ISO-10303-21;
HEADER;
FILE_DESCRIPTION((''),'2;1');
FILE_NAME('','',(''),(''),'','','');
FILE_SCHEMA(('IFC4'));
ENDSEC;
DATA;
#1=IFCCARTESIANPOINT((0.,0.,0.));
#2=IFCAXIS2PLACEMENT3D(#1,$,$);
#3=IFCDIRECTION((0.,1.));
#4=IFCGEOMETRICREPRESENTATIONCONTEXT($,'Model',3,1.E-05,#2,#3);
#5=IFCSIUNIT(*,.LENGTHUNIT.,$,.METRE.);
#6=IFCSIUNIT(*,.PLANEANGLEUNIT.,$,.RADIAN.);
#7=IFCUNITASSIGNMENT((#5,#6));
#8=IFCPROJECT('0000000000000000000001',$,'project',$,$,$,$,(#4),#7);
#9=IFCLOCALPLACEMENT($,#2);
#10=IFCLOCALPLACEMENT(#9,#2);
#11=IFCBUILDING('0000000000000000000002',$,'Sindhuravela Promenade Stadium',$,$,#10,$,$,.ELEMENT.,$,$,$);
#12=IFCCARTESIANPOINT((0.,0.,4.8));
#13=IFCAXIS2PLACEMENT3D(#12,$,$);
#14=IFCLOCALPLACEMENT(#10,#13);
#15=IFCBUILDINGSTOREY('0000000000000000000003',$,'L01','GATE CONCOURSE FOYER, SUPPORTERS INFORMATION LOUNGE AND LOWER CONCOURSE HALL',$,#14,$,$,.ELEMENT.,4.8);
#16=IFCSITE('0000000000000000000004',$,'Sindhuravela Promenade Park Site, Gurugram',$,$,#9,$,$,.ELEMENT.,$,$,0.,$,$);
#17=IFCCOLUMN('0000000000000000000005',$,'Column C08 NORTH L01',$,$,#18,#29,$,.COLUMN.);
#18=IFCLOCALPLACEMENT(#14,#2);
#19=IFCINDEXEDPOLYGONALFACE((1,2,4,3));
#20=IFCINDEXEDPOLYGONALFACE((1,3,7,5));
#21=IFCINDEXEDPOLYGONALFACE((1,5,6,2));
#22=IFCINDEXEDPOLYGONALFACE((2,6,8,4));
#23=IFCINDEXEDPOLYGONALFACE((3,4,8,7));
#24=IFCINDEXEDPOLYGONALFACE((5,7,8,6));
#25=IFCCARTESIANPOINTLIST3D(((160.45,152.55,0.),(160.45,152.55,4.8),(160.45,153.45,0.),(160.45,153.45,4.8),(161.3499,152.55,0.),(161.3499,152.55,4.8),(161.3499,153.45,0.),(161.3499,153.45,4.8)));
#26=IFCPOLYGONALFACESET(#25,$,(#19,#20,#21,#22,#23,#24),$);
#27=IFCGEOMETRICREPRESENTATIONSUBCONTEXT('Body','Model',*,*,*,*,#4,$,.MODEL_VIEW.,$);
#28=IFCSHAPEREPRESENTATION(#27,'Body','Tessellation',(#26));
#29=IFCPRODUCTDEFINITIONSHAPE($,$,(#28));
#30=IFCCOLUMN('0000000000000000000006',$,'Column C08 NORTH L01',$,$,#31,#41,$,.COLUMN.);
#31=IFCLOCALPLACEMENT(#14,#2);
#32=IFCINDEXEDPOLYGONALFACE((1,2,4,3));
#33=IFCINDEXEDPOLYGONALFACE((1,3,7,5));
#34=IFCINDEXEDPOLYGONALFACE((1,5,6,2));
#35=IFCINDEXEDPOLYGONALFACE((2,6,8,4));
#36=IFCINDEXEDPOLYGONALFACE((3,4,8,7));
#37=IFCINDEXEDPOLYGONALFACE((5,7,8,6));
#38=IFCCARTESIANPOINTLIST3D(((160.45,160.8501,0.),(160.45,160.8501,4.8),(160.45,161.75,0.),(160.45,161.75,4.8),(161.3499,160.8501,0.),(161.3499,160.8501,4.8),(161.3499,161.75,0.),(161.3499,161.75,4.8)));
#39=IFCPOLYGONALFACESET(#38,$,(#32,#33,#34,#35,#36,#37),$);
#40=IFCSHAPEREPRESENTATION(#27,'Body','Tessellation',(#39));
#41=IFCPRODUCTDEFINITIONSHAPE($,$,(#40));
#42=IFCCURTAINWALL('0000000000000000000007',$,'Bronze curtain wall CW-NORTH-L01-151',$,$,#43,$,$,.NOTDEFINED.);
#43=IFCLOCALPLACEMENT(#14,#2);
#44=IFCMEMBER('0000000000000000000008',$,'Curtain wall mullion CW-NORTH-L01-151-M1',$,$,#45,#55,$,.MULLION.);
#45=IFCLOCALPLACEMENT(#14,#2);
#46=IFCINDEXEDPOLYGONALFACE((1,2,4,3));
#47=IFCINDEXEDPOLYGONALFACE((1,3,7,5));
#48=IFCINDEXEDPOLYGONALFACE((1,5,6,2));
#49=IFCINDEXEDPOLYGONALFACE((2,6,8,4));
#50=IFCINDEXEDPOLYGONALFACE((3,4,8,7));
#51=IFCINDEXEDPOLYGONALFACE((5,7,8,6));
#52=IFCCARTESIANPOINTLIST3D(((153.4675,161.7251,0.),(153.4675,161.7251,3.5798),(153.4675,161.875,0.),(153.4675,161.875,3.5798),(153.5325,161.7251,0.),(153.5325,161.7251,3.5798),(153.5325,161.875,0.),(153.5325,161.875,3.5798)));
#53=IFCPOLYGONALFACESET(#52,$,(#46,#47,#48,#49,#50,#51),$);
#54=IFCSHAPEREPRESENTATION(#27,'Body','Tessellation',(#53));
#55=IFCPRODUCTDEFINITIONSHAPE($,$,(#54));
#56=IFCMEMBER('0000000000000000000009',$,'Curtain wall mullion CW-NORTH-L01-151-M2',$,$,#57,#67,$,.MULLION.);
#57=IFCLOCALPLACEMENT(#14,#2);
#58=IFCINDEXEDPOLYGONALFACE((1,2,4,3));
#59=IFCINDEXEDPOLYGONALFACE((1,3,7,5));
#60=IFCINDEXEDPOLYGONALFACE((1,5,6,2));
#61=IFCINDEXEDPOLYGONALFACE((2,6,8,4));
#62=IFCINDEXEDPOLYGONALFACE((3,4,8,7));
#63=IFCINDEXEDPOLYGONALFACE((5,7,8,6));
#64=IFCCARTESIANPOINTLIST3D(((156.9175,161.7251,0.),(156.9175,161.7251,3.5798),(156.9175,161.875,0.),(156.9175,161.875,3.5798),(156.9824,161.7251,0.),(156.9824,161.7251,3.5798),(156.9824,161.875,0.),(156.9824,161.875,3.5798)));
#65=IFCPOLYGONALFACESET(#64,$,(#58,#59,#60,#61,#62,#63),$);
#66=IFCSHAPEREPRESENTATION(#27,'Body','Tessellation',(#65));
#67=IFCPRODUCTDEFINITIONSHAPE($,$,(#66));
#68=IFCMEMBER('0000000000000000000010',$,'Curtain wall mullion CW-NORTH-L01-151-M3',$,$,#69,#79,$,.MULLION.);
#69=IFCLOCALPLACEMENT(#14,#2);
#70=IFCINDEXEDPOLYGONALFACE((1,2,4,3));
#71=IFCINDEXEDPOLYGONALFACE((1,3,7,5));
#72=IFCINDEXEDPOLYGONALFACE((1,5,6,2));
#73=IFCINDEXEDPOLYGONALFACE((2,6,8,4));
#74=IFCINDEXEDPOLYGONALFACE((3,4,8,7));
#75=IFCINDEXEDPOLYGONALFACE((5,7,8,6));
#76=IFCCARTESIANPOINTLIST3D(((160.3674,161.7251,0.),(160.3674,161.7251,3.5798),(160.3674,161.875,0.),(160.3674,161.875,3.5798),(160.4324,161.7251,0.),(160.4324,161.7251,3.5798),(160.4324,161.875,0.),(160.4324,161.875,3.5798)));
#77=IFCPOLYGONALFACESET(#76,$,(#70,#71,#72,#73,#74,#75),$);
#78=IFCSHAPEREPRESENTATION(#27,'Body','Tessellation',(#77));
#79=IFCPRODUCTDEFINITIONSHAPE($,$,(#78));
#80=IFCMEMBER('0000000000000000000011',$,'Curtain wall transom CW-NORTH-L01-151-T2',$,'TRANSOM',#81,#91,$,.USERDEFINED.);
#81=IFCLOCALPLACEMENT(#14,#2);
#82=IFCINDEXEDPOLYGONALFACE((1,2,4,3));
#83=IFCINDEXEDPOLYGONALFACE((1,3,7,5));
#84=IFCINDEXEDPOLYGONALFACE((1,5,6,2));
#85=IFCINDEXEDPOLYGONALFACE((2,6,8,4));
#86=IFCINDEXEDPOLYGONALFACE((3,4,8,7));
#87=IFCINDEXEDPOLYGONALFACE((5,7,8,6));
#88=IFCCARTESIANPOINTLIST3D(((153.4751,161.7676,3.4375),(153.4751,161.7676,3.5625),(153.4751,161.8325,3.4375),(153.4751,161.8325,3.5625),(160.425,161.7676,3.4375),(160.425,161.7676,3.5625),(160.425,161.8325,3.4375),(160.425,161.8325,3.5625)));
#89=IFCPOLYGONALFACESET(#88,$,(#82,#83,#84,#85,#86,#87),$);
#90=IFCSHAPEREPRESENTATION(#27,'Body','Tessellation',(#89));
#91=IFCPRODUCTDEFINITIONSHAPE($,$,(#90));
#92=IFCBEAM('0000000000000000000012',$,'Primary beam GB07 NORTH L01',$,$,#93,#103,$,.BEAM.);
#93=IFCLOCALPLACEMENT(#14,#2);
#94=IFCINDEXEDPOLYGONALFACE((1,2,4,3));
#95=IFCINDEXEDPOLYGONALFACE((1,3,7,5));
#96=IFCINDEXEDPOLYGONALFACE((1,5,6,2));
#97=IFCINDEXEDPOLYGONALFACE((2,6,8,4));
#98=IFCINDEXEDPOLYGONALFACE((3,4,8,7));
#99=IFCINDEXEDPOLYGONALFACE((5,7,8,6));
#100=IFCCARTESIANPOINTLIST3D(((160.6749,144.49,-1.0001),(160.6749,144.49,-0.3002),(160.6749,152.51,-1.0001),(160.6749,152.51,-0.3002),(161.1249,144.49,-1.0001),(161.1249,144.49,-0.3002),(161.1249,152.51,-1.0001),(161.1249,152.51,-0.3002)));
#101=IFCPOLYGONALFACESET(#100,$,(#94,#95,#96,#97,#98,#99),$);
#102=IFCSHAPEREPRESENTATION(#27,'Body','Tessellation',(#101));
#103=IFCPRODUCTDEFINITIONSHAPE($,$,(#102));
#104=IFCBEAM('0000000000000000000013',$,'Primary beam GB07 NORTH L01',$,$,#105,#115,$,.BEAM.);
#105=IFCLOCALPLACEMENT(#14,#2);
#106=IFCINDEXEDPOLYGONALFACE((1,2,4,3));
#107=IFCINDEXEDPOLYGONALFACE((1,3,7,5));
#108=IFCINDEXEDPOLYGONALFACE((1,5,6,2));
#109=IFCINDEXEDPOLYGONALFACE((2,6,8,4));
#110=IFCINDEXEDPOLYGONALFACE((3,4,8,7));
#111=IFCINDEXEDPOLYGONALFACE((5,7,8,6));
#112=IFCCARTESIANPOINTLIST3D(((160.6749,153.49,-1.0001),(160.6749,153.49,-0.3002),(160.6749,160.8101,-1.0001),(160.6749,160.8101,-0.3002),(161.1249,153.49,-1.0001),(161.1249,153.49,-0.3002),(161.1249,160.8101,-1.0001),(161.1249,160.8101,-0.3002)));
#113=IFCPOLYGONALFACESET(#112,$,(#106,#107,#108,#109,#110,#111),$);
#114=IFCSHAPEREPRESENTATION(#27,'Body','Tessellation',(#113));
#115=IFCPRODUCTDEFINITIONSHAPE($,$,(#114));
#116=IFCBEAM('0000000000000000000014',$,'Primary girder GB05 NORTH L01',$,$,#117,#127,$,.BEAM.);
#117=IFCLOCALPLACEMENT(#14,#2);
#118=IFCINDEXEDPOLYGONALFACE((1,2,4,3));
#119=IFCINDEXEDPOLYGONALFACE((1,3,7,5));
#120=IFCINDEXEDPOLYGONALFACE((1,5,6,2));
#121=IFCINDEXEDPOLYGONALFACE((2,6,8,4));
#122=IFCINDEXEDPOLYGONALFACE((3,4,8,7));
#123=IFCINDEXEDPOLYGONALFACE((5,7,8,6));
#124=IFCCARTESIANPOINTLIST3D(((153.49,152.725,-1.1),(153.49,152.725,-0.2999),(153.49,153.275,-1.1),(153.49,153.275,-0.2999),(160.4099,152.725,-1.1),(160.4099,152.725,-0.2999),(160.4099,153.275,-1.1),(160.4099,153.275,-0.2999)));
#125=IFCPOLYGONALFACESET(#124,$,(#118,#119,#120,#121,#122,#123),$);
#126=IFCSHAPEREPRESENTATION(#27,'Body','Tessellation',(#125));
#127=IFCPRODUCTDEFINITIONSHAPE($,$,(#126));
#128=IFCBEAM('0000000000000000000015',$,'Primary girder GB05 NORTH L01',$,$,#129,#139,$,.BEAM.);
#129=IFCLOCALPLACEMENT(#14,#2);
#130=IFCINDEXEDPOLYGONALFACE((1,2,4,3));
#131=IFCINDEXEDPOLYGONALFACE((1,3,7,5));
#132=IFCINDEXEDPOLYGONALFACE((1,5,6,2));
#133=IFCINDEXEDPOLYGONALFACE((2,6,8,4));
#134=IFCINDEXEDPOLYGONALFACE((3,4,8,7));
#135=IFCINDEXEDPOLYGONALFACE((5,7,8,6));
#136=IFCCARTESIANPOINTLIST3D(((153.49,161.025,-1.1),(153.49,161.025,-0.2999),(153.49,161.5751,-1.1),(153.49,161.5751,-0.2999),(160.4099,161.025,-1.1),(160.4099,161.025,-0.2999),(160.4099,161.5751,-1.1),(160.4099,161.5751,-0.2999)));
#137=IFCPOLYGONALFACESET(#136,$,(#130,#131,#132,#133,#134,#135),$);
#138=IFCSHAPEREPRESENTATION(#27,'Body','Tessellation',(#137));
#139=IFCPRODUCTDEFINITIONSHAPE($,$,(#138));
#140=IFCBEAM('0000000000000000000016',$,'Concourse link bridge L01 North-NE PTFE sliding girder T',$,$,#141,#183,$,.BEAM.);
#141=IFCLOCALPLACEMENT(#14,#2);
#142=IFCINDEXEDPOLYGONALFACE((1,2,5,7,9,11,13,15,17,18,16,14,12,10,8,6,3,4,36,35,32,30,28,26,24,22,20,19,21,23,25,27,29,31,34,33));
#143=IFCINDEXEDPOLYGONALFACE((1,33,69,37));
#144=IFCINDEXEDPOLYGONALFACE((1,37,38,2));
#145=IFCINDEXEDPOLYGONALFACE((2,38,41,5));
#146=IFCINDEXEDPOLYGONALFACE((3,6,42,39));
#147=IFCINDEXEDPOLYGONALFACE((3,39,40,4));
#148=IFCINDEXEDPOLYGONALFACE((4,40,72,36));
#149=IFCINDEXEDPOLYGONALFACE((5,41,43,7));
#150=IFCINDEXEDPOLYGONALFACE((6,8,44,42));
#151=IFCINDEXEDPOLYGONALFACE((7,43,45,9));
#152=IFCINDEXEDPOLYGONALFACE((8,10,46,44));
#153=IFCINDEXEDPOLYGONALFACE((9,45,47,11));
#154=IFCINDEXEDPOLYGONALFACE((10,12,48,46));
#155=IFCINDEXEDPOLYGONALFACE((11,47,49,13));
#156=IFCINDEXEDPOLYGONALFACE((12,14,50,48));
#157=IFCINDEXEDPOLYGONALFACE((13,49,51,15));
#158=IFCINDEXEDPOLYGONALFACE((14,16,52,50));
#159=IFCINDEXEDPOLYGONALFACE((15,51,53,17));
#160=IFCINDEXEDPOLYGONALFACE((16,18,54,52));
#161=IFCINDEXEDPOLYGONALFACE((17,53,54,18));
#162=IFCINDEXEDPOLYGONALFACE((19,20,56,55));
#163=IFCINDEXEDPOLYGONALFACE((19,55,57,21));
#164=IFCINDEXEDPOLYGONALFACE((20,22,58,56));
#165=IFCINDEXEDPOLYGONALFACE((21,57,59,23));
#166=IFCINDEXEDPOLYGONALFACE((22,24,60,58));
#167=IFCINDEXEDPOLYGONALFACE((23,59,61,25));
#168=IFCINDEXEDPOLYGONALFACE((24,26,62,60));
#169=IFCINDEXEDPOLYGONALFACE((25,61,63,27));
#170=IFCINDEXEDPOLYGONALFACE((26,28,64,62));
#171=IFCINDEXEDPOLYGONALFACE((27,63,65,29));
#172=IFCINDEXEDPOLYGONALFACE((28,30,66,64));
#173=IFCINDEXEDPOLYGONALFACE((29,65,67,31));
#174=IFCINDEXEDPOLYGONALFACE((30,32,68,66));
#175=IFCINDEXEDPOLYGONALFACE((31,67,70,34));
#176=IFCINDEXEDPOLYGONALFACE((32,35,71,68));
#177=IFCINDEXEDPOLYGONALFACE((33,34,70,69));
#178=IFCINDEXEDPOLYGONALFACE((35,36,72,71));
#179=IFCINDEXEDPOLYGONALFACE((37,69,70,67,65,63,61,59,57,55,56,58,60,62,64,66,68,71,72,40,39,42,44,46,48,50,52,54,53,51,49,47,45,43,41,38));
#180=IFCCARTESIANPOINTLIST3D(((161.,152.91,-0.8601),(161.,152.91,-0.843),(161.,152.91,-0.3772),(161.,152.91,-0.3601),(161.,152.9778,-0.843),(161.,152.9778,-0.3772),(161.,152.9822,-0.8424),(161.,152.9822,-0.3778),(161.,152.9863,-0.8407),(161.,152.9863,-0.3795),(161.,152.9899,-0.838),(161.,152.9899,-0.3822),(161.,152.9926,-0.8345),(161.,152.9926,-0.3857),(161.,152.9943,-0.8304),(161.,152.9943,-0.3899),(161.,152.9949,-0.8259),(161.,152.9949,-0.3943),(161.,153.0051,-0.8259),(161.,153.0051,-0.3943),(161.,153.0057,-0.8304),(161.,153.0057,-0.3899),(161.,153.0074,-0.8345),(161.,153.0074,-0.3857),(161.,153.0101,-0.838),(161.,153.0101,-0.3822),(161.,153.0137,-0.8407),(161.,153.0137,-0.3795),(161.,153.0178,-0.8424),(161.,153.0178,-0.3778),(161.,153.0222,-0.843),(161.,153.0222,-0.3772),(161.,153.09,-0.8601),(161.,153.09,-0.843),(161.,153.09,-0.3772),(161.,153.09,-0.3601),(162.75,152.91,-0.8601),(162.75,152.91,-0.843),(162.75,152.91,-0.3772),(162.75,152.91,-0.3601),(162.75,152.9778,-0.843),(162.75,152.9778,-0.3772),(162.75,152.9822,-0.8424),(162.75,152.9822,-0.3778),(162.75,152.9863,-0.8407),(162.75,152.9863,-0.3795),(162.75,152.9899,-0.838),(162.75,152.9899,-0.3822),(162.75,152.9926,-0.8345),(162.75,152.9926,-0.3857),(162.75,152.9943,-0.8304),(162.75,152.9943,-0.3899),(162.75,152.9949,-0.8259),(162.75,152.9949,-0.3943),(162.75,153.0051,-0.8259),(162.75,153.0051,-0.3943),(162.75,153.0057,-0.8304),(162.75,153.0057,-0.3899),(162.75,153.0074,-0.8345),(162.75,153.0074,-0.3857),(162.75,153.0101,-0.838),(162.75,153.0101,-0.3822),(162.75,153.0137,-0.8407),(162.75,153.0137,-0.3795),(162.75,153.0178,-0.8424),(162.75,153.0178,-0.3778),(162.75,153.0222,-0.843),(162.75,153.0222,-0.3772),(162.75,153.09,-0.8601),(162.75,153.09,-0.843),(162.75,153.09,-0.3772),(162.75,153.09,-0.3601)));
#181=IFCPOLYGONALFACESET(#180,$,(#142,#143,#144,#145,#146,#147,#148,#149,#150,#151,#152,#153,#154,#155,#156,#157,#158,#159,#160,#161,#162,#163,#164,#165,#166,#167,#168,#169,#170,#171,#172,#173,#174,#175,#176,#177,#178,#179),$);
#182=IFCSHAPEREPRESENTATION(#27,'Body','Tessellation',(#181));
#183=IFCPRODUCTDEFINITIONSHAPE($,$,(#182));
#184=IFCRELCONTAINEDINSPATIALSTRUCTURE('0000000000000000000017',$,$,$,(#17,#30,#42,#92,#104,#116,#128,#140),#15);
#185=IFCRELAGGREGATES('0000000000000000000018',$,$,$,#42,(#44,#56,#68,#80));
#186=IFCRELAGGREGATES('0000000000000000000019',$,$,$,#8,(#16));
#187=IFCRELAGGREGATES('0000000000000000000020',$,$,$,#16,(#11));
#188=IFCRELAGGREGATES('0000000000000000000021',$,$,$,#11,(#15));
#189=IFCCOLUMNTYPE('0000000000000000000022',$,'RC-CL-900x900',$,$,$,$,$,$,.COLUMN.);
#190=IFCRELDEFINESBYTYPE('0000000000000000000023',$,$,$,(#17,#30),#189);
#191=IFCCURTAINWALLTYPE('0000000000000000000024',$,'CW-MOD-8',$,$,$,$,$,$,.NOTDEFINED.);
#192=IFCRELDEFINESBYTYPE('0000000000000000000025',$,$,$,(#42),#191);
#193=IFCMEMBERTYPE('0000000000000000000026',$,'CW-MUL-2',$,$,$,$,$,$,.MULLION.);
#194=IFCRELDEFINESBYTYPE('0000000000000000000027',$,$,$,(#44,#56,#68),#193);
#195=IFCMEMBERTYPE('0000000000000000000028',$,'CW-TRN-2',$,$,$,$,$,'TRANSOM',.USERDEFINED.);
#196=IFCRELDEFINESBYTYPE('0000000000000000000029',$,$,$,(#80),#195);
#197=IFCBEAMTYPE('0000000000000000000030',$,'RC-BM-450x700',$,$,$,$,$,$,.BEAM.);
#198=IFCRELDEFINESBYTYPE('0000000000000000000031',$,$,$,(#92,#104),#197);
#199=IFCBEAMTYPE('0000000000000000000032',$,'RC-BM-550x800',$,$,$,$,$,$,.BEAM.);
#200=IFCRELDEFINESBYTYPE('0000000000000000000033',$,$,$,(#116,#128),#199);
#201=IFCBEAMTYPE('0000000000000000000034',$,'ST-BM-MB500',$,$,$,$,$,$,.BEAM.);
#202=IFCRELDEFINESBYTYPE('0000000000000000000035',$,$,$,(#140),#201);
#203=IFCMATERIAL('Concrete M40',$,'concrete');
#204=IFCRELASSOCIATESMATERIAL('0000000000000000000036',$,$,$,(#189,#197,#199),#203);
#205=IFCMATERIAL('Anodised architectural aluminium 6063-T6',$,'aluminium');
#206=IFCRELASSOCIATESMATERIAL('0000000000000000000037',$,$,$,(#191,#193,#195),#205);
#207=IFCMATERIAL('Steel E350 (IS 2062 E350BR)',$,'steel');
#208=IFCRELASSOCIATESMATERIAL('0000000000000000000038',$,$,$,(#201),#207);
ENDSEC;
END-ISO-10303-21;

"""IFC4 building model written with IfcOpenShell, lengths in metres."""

from ifc_helpers import new_model, si_unit, direction, frame, origin, origin_2d, place, context, subcontext, project, spatial, rectangle, i_section, extrude, material, material_profile, profile_set, type_object, element, aggregate, save


model = new_model("IFC4")

# Units and contexts
model_context = context("Model", 3, precision=1e-05, world=origin(), true_north=direction((0.0, 1.0)))
body_context = subcontext(model_context, "Body", "Model", "MODEL_VIEW")
ifc_project = project(units=[si_unit("LENGTHUNIT", "METRE"), si_unit("PLANEANGLEUNIT", "RADIAN")], contexts=[model_context])

# Site, building, storey
site_placement = place(None, origin())
site = spatial("IfcSite", under=ifc_project, at=site_placement, Name="Sindhuravela Promenade Park Site, Gurugram", CompositionType="ELEMENT", RefElevation=0.0)
building_placement = place(site_placement, origin())
building = spatial("IfcBuilding", under=site, at=building_placement, Name="Sindhuravela Promenade Stadium", CompositionType="ELEMENT")
storey_placement = place(building_placement, frame((0.0, 0.0, 4.8)))
storey = spatial("IfcBuildingStorey", under=building, at=storey_placement, Name="L01", Description="GATE CONCOURSE FOYER, SUPPORTERS INFORMATION LOUNGE AND LOWER CONCOURSE HALL", CompositionType="ELEMENT", Elevation=4.8)

# Columns
ifc_material_1 = material(Name="Concrete M40", Category="concrete")
ifc_material_profile_1 = material_profile(ifc_material_1, rectangle(XDim=0.8999, YDim=0.8999, at=origin_2d()), Name="RC 900x900")
ifc_profile_set_1 = profile_set([ifc_material_profile_1], Name="Concrete M40")
column_type = type_object("IfcColumnType", Name="RC-CL-900x900", PredefinedType="COLUMN", material=ifc_profile_set_1)
for number, where, z_axis, x_axis, name in (
    (1, (160.8999, 153.0, 0.0), (0.0, 0.0, 1.0), (1.0, 0.0, 0.0), "Column C08 NORTH L01"),
    (2, (160.8999, 161.3, 0.0), (0.0, 0.0, 1.0), (1.0, 0.0, 0.0), "Column C08 NORTH L01"),
):
    element("IfcColumn", number, at=place(storey_placement, frame(where, z_axis=z_axis, x_axis=x_axis)), inside=storey, type_object=column_type, Name=name, PredefinedType="COLUMN", context=body_context, shape_type="SweptSolid", body=[
        extrude(rectangle(XDim=0.8999, YDim=0.8999, at=origin_2d()), origin(), (0.0, 0.0, 1.0), 4.8),
    ])

# Curtain wall, members
ifc_material_2 = material(Name="Anodised architectural aluminium 6063-T6", Category="aluminium")
curtain_wall_type = type_object("IfcCurtainWallType", Name="CW-MOD-8", PredefinedType="NOTDEFINED", material=ifc_material_2)
curtain_wall_placement = place(storey_placement, origin())
curtain_wall = element("IfcCurtainWall", 3, at=curtain_wall_placement, inside=storey, type_object=curtain_wall_type, Name="Bronze curtain wall CW-NORTH-L01-151", PredefinedType="NOTDEFINED")
ifc_material_profile_2 = material_profile(ifc_material_2, rectangle(XDim=0.0649, YDim=0.1499, at=origin_2d()), Name="ALU MULL 65x150")
ifc_profile_set_2 = profile_set([ifc_material_profile_2], Name="Anodised architectural aluminium 6063-T6")
member_type_1 = type_object("IfcMemberType", Name="CW-MUL-2", PredefinedType="MULLION", material=ifc_profile_set_2)
member_1_placement = place(storey_placement, frame((153.5, 161.8, 0.0), z_axis=(0.0, 0.0, 1.0), x_axis=(1.0, 0.0, 0.0)))
member_1 = element("IfcMember", 4, at=member_1_placement, type_object=member_type_1, Name="Curtain wall mullion CW-NORTH-L01-151-M1", PredefinedType="MULLION", context=body_context, shape_type="SweptSolid", body=[
    extrude(rectangle(XDim=0.0649, YDim=0.1499, at=origin_2d()), origin(), (0.0, 0.0, 1.0), 3.5798),
])
member_2_placement = place(storey_placement, frame((156.95, 161.8, 0.0), z_axis=(0.0, 0.0, 1.0), x_axis=(1.0, 0.0, 0.0)))
member_2 = element("IfcMember", 5, at=member_2_placement, type_object=member_type_1, Name="Curtain wall mullion CW-NORTH-L01-151-M2", PredefinedType="MULLION", context=body_context, shape_type="SweptSolid", body=[
    extrude(rectangle(XDim=0.0649, YDim=0.1499, at=origin_2d()), origin(), (0.0, 0.0, 1.0), 3.5798),
])
member_3_placement = place(storey_placement, frame((160.3999, 161.8, 0.0), z_axis=(0.0, 0.0, 1.0), x_axis=(1.0, 0.0, 0.0)))
member_3 = element("IfcMember", 6, at=member_3_placement, type_object=member_type_1, Name="Curtain wall mullion CW-NORTH-L01-151-M3", PredefinedType="MULLION", context=body_context, shape_type="SweptSolid", body=[
    extrude(rectangle(XDim=0.0649, YDim=0.1499, at=origin_2d()), origin(), (0.0, 0.0, 1.0), 3.5798),
])
ifc_material_profile_3 = material_profile(ifc_material_2, rectangle(XDim=0.0649, YDim=0.125, at=origin_2d()), Name="ALU TRAN 65x125")
ifc_profile_set_3 = profile_set([ifc_material_profile_3], Name="Anodised architectural aluminium 6063-T6")
member_type_2 = type_object("IfcMemberType", Name="CW-TRN-2", ElementType="TRANSOM", PredefinedType="USERDEFINED", material=ifc_profile_set_3)
member_4_placement = place(storey_placement, frame((153.4751, 161.8, 3.5), z_axis=(1.0, 0.0, 0.0), x_axis=(0.0, 1.0, 0.0)))
member_4 = element("IfcMember", 7, at=member_4_placement, type_object=member_type_2, Name="Curtain wall transom CW-NORTH-L01-151-T2", ObjectType="TRANSOM", PredefinedType="USERDEFINED", context=body_context, shape_type="SweptSolid", body=[
    extrude(rectangle(XDim=0.0649, YDim=0.125, at=origin_2d()), origin(), (0.0, 0.0, 1.0), 6.95),
])

# Beams
ifc_material_profile_4 = material_profile(ifc_material_1, rectangle(XDim=0.45, YDim=0.7, at=origin_2d()), Name="RC 450x700")
ifc_profile_set_4 = profile_set([ifc_material_profile_4], Name="Concrete M40")
beam_type_1 = type_object("IfcBeamType", Name="RC-BM-450x700", PredefinedType="BEAM", material=ifc_profile_set_4)
beam_1_placement = place(storey_placement, frame((160.8999, 144.49, -0.6501), z_axis=(0.0, 1.0, 0.0), x_axis=(-1.0, 0.0, 0.0)))
element("IfcBeam", 8, at=beam_1_placement, inside=storey, type_object=beam_type_1, Name="Primary beam GB07 NORTH L01", PredefinedType="BEAM", context=body_context, shape_type="SweptSolid", body=[
    extrude(rectangle(XDim=0.45, YDim=0.7, at=origin_2d()), origin(), (0.0, 0.0, 1.0), 8.02),
])
beam_2_placement = place(storey_placement, frame((160.8999, 153.49, -0.6501), z_axis=(0.0, 1.0, 0.0), x_axis=(-1.0, 0.0, 0.0)))
element("IfcBeam", 9, at=beam_2_placement, inside=storey, type_object=beam_type_1, Name="Primary beam GB07 NORTH L01", PredefinedType="BEAM", context=body_context, shape_type="SweptSolid", body=[
    extrude(rectangle(XDim=0.45, YDim=0.7, at=origin_2d()), origin(), (0.0, 0.0, 1.0), 7.3201),
])
ifc_material_profile_5 = material_profile(ifc_material_1, rectangle(XDim=0.55, YDim=0.8, at=origin_2d()), Name="RC 550x800")
ifc_profile_set_5 = profile_set([ifc_material_profile_5], Name="Concrete M40")
beam_type_2 = type_object("IfcBeamType", Name="RC-BM-550x800", PredefinedType="BEAM", material=ifc_profile_set_5)
for number, where, z_axis, x_axis, name in (
    (10, (153.49, 153.0, -0.7), (1.0, 0.0, 0.0), (0.0, 1.0, 0.0), "Primary girder GB05 NORTH L01"),
    (11, (153.49, 161.3, -0.7), (1.0, 0.0, 0.0), (0.0, 1.0, 0.0), "Primary girder GB05 NORTH L01"),
):
    element("IfcBeam", number, at=place(storey_placement, frame(where, z_axis=z_axis, x_axis=x_axis)), inside=storey, type_object=beam_type_2, Name=name, PredefinedType="BEAM", context=body_context, shape_type="SweptSolid", body=[
        extrude(rectangle(XDim=0.55, YDim=0.8, at=origin_2d()), origin(), (0.0, 0.0, 1.0), 6.9199),
    ])
ifc_material_3 = material(Name="Steel E350 (IS 2062 E350BR)", Category="steel")
ifc_material_profile_6 = material_profile(ifc_material_3, i_section(OverallWidth=0.1799, OverallDepth=0.5, WebThickness=0.0103, FlangeThickness=0.0171, FilletRadius=0.0171, at=origin_2d()), Name="ISMB 500")
ifc_profile_set_6 = profile_set([ifc_material_profile_6], Name="Steel E350 (IS 2062 E350BR)")
beam_type_3 = type_object("IfcBeamType", Name="ST-BM-MB500", PredefinedType="BEAM", material=ifc_profile_set_6)
beam_3_placement = place(storey_placement, frame((161.0, 153.0, -0.6101), z_axis=(1.0, 0.0, 0.0), x_axis=(0.0, 1.0, 0.0)))
element("IfcBeam", 12, at=beam_3_placement, inside=storey, type_object=beam_type_3, Name="Concourse link bridge L01 North-NE PTFE sliding girder T", PredefinedType="BEAM", context=body_context, shape_type="SweptSolid", body=[
    extrude(i_section(OverallWidth=0.1799, OverallDepth=0.5, WebThickness=0.0103, FlangeThickness=0.0171, FilletRadius=0.0171, at=origin_2d()), origin(), (0.0, 0.0, 1.0), 1.75),
])

aggregate(curtain_wall, [member_1, member_2, member_3, member_4])

save(model, "model.ifc")
